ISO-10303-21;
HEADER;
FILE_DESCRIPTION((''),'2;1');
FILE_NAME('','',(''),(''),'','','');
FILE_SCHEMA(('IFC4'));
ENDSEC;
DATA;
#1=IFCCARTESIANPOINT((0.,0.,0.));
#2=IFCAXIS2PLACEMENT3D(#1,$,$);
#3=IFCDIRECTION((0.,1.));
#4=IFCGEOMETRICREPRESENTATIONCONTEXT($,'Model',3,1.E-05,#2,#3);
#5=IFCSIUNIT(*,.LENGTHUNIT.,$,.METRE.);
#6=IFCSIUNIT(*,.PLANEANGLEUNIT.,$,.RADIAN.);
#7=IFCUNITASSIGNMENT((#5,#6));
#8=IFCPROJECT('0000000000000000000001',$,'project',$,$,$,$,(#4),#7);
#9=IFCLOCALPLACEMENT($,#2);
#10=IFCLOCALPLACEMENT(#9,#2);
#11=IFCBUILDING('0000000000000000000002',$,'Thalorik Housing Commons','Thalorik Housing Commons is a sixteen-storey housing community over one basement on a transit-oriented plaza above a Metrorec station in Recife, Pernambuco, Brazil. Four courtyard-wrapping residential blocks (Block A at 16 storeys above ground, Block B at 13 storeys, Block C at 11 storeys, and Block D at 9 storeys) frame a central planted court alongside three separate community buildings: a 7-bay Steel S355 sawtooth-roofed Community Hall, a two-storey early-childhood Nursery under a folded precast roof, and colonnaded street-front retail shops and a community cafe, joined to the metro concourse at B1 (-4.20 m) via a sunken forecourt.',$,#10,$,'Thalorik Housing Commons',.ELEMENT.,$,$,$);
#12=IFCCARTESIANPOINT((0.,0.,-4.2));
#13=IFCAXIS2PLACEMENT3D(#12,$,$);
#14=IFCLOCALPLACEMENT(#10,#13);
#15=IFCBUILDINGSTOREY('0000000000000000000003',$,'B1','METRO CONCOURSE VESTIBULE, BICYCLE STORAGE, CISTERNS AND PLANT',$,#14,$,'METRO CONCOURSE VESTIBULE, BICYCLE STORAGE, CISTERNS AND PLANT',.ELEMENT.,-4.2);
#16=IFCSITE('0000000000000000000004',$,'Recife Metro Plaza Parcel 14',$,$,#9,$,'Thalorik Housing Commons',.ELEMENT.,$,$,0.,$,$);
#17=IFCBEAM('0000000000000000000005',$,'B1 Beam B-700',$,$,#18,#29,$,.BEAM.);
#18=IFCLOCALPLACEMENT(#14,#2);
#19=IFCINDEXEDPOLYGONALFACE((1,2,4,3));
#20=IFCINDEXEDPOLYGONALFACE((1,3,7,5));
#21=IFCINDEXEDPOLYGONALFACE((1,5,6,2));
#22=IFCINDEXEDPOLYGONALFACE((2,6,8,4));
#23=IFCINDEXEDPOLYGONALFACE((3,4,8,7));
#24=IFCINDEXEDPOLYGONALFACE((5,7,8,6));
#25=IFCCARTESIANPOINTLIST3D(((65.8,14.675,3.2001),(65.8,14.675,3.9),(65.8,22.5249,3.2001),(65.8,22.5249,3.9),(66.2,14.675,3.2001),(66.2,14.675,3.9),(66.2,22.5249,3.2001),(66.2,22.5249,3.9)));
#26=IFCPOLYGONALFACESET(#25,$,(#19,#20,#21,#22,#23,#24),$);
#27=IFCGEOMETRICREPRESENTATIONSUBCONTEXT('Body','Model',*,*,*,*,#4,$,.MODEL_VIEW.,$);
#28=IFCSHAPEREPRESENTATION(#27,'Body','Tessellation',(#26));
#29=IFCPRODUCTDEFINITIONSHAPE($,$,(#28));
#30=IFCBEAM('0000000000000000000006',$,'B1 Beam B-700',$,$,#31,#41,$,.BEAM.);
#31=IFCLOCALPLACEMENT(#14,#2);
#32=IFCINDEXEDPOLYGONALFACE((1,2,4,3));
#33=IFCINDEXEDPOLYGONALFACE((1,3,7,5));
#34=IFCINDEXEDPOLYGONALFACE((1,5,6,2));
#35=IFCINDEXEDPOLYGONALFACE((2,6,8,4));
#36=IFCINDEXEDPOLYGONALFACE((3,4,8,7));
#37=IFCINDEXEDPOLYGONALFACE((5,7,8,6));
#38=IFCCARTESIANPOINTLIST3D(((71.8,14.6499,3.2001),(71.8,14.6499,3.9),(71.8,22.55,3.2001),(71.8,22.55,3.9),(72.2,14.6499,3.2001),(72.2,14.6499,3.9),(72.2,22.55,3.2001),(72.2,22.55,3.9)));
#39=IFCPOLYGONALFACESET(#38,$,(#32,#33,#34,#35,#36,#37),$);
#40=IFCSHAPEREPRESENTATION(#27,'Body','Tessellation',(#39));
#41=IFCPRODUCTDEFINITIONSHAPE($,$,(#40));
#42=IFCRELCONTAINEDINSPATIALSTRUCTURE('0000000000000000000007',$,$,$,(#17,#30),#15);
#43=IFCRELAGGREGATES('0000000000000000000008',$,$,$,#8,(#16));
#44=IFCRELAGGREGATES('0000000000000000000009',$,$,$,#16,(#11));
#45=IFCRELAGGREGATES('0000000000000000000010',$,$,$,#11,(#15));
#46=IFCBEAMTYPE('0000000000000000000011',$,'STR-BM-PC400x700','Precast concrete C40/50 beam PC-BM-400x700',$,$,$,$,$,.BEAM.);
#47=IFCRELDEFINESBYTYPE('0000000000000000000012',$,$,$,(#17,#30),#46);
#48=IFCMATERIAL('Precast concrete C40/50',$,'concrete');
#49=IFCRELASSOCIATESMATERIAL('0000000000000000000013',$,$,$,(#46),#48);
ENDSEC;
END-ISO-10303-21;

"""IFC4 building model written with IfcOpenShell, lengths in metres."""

from ifc_helpers import new_model, si_unit, direction, frame, origin, origin_2d, place, context, subcontext, project, spatial, rectangle, extrude, material, material_profile, profile_set, type_object, element, save


model = new_model("IFC4")

# Units and contexts
model_context = context("Model", 3, precision=1e-05, world=origin(), true_north=direction((0.0, 1.0)))
body_context = subcontext(model_context, "Body", "Model", "MODEL_VIEW")
ifc_project = project(units=[si_unit("LENGTHUNIT", "METRE"), si_unit("PLANEANGLEUNIT", "RADIAN")], contexts=[model_context])

# Site, building, storey
site_placement = place(None, origin())
site = spatial("IfcSite", under=ifc_project, at=site_placement, Name="Recife Metro Plaza Parcel 14", LongName="Thalorik Housing Commons", CompositionType="ELEMENT", RefElevation=0.0)
building_placement = place(site_placement, origin())
building = spatial("IfcBuilding", under=site, at=building_placement, Name="Thalorik Housing Commons", Description="Thalorik Housing Commons is a sixteen-storey housing community over one basement on a transit-oriented plaza above a Metrorec station in Recife, Pernambuco, Brazil. Four courtyard-wrapping residential blocks (Block A at 16 storeys above ground, Block B at 13 storeys, Block C at 11 storeys, and Block D at 9 storeys) frame a central planted court alongside three separate community buildings: a 7-bay Steel S355 sawtooth-roofed Community Hall, a two-storey early-childhood Nursery under a folded precast roof, and colonnaded street-front retail shops and a community cafe, joined to the metro concourse at B1 (-4.20 m) via a sunken forecourt.", LongName="Thalorik Housing Commons", CompositionType="ELEMENT")
storey_placement = place(building_placement, frame((0.0, 0.0, -4.2)))
storey = spatial("IfcBuildingStorey", under=building, at=storey_placement, Name="B1", Description="METRO CONCOURSE VESTIBULE, BICYCLE STORAGE, CISTERNS AND PLANT", LongName="METRO CONCOURSE VESTIBULE, BICYCLE STORAGE, CISTERNS AND PLANT", CompositionType="ELEMENT", Elevation=-4.2)

# Shared definitions
ifc_material_1 = material(Name="Precast concrete C40/50", Category="concrete")

# Beams
ifc_material_profile_1 = material_profile(ifc_material_1, rectangle(XDim=0.3999, YDim=0.7, at=origin_2d()), Name="PC 400x700", Category="concrete")
ifc_profile_set_1 = profile_set([ifc_material_profile_1], Name="Precast concrete C40/50")
beam_type_1 = type_object("IfcBeamType", Name="STR-BM-PC400x700", Description="Precast concrete C40/50 beam PC-BM-400x700", PredefinedType="BEAM", material=ifc_profile_set_1)
beam_1_placement = place(storey_placement, frame((66.0, 14.675, 3.55), z_axis=(0.0, 1.0, 0.0), x_axis=(-1.0, 0.0, 0.0)))
element("IfcBeam", 1, at=beam_1_placement, inside=storey, type_object=beam_type_1, Name="B1 Beam B-700", PredefinedType="BEAM", context=body_context, shape_type="SweptSolid", body=[
    extrude(rectangle(XDim=0.3999, YDim=0.7, at=origin_2d()), origin(), (0.0, 0.0, 1.0), 7.8499),
])
beam_2_placement = place(storey_placement, frame((72.0, 14.6499, 3.55), z_axis=(0.0, 1.0, 0.0), x_axis=(-1.0, 0.0, 0.0)))
element("IfcBeam", 2, at=beam_2_placement, inside=storey, type_object=beam_type_1, Name="B1 Beam B-700", PredefinedType="BEAM", context=body_context, shape_type="SweptSolid", body=[
    extrude(rectangle(XDim=0.3999, YDim=0.7, at=origin_2d()), origin(), (0.0, 0.0, 1.0), 7.9001),
])

save(model, "model.ifc")
